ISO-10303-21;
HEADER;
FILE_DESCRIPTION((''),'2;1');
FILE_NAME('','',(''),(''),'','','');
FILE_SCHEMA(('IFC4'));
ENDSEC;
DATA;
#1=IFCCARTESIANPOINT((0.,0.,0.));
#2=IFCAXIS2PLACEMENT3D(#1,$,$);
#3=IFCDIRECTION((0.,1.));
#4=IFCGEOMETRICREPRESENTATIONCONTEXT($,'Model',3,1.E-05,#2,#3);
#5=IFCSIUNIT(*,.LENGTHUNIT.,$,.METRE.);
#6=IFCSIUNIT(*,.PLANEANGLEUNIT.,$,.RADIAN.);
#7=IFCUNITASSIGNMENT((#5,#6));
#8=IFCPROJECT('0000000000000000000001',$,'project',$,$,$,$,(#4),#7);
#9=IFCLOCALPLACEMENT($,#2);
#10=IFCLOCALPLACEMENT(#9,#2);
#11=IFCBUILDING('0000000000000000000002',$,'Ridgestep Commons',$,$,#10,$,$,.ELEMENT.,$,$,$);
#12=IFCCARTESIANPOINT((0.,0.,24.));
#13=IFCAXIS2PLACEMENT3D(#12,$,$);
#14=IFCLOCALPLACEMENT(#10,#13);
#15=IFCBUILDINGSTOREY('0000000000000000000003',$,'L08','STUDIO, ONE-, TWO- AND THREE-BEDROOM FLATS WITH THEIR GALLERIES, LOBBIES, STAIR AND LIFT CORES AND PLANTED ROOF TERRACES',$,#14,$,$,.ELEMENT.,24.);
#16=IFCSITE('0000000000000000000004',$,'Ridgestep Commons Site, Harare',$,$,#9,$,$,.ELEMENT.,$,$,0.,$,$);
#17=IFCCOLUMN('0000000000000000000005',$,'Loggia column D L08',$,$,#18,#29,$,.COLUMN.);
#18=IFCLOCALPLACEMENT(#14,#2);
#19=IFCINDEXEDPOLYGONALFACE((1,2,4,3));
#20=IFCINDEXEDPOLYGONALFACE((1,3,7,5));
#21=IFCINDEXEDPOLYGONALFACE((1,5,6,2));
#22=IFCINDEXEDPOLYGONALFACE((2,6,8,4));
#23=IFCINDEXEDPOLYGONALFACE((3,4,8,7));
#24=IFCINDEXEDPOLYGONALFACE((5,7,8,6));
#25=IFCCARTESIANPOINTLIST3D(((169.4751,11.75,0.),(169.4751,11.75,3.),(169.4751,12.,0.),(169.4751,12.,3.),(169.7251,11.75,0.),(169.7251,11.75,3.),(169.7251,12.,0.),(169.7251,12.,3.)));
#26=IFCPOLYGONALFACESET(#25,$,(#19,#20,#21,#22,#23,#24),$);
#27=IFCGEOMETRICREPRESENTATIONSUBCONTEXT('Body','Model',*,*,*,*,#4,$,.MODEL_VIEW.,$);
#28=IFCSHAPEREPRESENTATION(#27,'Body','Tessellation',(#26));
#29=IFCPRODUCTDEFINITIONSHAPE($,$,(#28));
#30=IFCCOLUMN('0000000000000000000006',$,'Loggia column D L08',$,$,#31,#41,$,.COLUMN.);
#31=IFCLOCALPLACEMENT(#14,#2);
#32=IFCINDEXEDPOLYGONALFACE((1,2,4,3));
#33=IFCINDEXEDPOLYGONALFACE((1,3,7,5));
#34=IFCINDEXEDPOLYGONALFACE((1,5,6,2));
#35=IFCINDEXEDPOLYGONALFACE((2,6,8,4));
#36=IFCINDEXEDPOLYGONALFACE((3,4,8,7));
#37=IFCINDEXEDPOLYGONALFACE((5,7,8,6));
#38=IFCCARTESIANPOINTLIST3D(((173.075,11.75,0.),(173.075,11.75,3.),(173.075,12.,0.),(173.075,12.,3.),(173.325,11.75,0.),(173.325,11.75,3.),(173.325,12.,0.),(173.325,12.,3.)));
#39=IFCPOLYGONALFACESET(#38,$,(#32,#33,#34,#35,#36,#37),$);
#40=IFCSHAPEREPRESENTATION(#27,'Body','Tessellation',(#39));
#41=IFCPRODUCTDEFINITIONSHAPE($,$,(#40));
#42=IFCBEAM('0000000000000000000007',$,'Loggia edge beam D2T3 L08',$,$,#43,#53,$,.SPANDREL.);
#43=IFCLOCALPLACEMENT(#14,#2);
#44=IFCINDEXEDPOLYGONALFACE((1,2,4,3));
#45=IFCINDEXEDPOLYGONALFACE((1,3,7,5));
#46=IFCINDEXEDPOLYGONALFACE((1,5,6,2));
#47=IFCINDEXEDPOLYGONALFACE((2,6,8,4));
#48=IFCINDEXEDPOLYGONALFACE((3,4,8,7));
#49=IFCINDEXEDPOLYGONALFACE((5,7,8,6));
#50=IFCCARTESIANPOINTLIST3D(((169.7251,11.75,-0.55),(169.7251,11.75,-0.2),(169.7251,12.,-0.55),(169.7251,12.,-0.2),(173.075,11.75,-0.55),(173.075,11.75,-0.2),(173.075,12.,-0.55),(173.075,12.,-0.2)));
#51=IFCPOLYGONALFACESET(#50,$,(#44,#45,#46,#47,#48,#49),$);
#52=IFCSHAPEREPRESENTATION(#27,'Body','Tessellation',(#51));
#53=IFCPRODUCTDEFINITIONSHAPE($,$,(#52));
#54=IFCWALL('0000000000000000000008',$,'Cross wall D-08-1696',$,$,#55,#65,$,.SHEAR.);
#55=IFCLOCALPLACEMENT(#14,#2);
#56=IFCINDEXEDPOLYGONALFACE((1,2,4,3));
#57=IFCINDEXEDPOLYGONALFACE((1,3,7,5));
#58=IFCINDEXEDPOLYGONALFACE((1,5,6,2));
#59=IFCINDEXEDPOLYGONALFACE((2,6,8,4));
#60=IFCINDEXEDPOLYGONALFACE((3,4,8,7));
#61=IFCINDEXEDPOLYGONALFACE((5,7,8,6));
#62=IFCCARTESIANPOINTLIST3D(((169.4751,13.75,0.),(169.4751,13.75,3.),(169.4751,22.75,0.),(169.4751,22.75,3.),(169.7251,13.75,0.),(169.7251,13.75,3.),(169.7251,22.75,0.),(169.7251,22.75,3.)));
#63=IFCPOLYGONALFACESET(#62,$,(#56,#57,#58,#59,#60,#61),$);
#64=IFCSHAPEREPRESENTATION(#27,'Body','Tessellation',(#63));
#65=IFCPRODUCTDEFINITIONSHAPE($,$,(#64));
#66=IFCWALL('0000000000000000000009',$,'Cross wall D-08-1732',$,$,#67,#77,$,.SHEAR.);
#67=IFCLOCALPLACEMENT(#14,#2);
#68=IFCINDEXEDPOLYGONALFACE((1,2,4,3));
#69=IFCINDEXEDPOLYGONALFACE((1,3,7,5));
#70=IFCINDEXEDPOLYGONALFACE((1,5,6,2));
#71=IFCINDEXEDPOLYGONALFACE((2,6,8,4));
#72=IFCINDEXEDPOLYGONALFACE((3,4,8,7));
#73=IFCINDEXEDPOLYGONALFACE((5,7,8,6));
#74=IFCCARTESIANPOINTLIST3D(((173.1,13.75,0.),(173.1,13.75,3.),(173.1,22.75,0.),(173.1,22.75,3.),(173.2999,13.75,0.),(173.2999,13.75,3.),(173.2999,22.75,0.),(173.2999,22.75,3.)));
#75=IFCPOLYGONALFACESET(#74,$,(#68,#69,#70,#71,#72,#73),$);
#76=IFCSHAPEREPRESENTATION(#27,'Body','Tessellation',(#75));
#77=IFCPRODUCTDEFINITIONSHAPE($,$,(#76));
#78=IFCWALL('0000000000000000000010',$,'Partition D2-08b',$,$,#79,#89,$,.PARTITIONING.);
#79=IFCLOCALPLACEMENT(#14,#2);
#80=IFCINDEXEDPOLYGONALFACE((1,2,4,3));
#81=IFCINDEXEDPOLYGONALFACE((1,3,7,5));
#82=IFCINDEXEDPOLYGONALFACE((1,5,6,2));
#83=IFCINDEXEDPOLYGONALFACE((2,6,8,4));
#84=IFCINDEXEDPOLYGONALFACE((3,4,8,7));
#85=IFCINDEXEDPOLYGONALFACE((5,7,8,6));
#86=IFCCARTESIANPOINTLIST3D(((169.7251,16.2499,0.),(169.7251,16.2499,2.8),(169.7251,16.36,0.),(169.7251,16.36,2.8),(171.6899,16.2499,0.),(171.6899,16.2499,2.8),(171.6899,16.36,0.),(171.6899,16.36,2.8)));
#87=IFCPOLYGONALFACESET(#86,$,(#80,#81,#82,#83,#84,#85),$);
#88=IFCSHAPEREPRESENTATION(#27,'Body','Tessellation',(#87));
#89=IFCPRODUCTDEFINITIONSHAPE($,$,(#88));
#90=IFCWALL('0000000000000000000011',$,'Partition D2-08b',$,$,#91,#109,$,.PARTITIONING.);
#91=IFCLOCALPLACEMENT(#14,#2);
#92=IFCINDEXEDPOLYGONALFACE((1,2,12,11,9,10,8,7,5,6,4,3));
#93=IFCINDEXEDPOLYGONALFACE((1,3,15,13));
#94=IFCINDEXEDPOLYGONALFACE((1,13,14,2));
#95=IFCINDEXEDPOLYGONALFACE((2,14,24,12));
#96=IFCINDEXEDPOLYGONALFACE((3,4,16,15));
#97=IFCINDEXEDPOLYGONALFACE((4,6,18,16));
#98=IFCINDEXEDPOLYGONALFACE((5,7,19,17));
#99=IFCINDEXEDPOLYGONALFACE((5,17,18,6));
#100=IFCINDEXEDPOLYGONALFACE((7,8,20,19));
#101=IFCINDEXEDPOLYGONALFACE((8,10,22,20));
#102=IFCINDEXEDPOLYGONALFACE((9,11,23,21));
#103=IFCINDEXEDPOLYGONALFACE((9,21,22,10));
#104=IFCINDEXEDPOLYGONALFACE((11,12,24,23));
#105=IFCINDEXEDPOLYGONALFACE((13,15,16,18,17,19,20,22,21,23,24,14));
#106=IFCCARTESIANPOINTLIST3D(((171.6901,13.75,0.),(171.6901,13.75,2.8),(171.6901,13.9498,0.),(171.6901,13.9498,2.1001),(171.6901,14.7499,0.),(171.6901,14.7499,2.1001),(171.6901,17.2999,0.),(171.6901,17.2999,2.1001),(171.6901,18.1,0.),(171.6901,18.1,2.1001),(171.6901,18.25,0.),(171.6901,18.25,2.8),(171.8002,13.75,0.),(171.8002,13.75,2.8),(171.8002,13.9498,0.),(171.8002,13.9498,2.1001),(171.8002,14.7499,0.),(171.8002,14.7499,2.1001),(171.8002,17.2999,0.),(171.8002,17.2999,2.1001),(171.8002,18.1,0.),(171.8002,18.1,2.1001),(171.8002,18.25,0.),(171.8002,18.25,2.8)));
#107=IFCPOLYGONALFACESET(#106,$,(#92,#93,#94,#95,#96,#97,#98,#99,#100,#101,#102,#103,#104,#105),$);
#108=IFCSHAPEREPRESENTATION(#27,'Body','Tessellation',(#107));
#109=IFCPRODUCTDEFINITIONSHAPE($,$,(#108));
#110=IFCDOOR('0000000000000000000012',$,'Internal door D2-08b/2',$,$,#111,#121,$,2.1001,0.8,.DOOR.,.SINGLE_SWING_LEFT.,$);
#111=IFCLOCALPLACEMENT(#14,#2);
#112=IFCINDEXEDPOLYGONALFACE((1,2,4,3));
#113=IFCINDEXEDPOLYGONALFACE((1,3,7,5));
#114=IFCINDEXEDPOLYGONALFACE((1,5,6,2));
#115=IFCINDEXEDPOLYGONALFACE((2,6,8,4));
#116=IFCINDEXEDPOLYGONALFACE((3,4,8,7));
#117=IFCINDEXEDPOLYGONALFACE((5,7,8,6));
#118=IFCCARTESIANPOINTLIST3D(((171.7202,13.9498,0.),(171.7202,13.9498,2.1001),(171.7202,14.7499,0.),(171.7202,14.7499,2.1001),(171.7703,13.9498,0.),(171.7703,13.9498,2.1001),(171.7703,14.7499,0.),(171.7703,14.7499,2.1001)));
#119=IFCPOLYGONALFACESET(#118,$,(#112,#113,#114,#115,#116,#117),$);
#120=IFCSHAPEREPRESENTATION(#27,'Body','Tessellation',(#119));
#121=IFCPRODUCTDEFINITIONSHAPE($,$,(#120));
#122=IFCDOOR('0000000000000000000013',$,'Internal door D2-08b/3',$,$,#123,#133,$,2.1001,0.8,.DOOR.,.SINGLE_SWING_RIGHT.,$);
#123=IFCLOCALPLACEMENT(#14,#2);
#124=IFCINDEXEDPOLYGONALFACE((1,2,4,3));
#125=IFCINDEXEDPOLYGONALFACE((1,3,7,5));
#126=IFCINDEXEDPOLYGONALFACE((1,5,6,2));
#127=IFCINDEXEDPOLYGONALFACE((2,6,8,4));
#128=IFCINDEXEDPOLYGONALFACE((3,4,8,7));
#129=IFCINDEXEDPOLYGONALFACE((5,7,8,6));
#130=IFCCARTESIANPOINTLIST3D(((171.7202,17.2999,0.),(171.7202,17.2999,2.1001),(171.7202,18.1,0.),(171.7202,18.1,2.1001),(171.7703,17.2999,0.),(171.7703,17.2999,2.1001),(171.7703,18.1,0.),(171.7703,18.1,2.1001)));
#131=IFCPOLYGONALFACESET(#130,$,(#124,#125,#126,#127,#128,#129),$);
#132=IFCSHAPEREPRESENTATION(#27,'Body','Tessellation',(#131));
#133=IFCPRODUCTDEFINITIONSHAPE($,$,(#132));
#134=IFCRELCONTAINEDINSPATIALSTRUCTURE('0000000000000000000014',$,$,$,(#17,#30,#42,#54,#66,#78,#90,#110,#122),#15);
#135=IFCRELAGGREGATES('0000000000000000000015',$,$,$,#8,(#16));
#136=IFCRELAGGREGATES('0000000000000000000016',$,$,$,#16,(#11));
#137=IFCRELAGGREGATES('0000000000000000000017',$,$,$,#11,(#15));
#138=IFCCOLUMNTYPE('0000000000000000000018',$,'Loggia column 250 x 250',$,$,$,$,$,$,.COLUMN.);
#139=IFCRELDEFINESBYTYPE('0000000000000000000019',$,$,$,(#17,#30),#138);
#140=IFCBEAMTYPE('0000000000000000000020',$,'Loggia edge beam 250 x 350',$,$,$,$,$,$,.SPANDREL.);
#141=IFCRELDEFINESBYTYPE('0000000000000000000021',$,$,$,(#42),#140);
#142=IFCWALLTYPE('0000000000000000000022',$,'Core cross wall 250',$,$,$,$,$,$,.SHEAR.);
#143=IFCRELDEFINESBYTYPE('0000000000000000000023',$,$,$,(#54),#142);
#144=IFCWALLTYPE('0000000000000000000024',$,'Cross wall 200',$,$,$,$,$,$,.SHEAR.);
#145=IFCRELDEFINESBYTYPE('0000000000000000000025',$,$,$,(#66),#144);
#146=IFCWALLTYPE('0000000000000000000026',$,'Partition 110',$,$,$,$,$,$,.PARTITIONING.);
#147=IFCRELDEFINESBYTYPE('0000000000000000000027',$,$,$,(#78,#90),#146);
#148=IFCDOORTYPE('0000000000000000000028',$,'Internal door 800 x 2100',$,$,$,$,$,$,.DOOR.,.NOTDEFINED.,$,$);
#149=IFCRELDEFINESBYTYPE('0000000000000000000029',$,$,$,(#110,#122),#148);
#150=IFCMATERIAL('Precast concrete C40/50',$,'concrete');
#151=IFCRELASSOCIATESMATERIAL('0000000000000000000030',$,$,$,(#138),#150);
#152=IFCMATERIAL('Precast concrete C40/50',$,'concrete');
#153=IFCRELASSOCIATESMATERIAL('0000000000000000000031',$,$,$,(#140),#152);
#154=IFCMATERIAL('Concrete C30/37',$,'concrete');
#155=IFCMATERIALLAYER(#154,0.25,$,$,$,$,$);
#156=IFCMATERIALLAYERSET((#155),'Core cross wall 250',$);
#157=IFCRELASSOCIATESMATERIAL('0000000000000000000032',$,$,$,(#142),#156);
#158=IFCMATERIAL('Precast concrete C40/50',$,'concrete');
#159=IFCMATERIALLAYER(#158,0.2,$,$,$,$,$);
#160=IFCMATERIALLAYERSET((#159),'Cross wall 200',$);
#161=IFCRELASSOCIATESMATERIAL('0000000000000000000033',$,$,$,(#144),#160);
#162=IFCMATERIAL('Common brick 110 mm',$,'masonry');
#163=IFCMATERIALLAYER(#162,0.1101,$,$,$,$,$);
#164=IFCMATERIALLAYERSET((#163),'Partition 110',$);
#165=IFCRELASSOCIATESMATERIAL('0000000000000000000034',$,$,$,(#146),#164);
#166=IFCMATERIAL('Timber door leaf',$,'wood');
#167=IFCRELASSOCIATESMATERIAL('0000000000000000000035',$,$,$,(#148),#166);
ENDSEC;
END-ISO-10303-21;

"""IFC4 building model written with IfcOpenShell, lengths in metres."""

from ifc_helpers import new_model, si_unit, direction, frame, frame_2d, origin, origin_2d, place, context, subcontext, project, spatial, rectangle, extrude, material, layer, layer_set, material_profile, profile_set, type_object, element, fill, save


model = new_model("IFC4")

# Units and contexts
model_context = context("Model", 3, precision=1e-05, world=origin(), true_north=direction((0.0, 1.0)))
body_context = subcontext(model_context, "Body", "Model", "MODEL_VIEW")
ifc_project = project(units=[si_unit("LENGTHUNIT", "METRE"), si_unit("PLANEANGLEUNIT", "RADIAN")], contexts=[model_context])

# Site, building, storey
site_placement = place(None, origin())
site = spatial("IfcSite", under=ifc_project, at=site_placement, Name="Ridgestep Commons Site, Harare", CompositionType="ELEMENT", RefElevation=0.0)
building_placement = place(site_placement, origin())
building = spatial("IfcBuilding", under=site, at=building_placement, Name="Ridgestep Commons", CompositionType="ELEMENT")
storey_placement = place(building_placement, frame((0.0, 0.0, 24.0)))
storey = spatial("IfcBuildingStorey", under=building, at=storey_placement, Name="L08", Description="STUDIO, ONE-, TWO- AND THREE-BEDROOM FLATS WITH THEIR GALLERIES, LOBBIES, STAIR AND LIFT CORES AND PLANTED ROOF TERRACES", CompositionType="ELEMENT", Elevation=24.0)

# Columns
ifc_material_1 = material(Name="Precast concrete C40/50", Category="concrete")
ifc_material_profile_1 = material_profile(ifc_material_1, rectangle(XDim=0.25, YDim=0.25, at=origin_2d()), Name="PC 250x250")
ifc_profile_set_1 = profile_set([ifc_material_profile_1], Name="Precast concrete C40/50")
column_type = type_object("IfcColumnType", Name="Loggia column 250 x 250", PredefinedType="COLUMN", material=ifc_profile_set_1)
for number, where, z_axis, x_axis, name in (
    (1, (169.6001, 11.875, 0.0), (0.0, 0.0, 1.0), (1.0, 0.0, 0.0), "Loggia column D L08"),
    (2, (173.2, 11.875, 0.0), (0.0, 0.0, 1.0), (1.0, 0.0, 0.0), "Loggia column D L08"),
):
    element("IfcColumn", number, at=place(storey_placement, frame(where, z_axis=z_axis, x_axis=x_axis)), inside=storey, type_object=column_type, Name=name, PredefinedType="COLUMN", context=body_context, shape_type="SweptSolid", body=[
        extrude(rectangle(XDim=0.25, YDim=0.25, at=origin_2d()), origin(), (0.0, 0.0, 1.0), 3.0),
    ])

# Beam
ifc_material_2 = material(Name="Precast concrete C40/50", Category="concrete")
ifc_material_profile_2 = material_profile(ifc_material_2, rectangle(XDim=0.25, YDim=0.3501, at=origin_2d()), Name="PC 250x350")
ifc_profile_set_2 = profile_set([ifc_material_profile_2], Name="Precast concrete C40/50")
beam_type = type_object("IfcBeamType", Name="Loggia edge beam 250 x 350", PredefinedType="SPANDREL", material=ifc_profile_set_2)
beam_placement = place(storey_placement, frame((169.7251, 11.875, -0.375), z_axis=(1.0, 0.0, 0.0), x_axis=(0.0, 1.0, 0.0)))
element("IfcBeam", 3, at=beam_placement, inside=storey, type_object=beam_type, Name="Loggia edge beam D2T3 L08", PredefinedType="SPANDREL", context=body_context, shape_type="SweptSolid", body=[
    extrude(rectangle(XDim=0.25, YDim=0.3501, at=origin_2d()), origin(), (0.0, 0.0, 1.0), 3.3499),
])

# Walls
ifc_material_3 = material(Name="Concrete C30/37", Category="concrete")
ifc_layer_1 = layer(ifc_material_3, 0.25)
ifc_layer_set_1 = layer_set([ifc_layer_1], Name="Core cross wall 250")
wall_type_1 = type_object("IfcWallType", Name="Core cross wall 250", PredefinedType="SHEAR", material=ifc_layer_set_1)
wall_1_placement = place(storey_placement, frame((169.6001, 13.75, 0.0), z_axis=(0.0, 0.0, 1.0), x_axis=(0.0, 1.0, 0.0)))
element("IfcWall", 4, at=wall_1_placement, inside=storey, type_object=wall_type_1, Name="Cross wall D-08-1696", PredefinedType="SHEAR", context=body_context, shape_type="SweptSolid", body=[
    extrude(rectangle(XDim=9.0, YDim=0.25, at=frame_2d((4.5, 0.0))), origin(), (0.0, 0.0, 1.0), 3.0),
])
ifc_material_4 = material(Name="Precast concrete C40/50", Category="concrete")
ifc_layer_2 = layer(ifc_material_4, 0.2)
ifc_layer_set_2 = layer_set([ifc_layer_2], Name="Cross wall 200")
wall_type_2 = type_object("IfcWallType", Name="Cross wall 200", PredefinedType="SHEAR", material=ifc_layer_set_2)
wall_2_placement = place(storey_placement, frame((173.2, 13.75, 0.0), z_axis=(0.0, 0.0, 1.0), x_axis=(0.0, 1.0, 0.0)))
element("IfcWall", 5, at=wall_2_placement, inside=storey, type_object=wall_type_2, Name="Cross wall D-08-1732", PredefinedType="SHEAR", context=body_context, shape_type="SweptSolid", body=[
    extrude(rectangle(XDim=9.0, YDim=0.2, at=frame_2d((4.5, 0.0))), origin(), (0.0, 0.0, 1.0), 3.0),
])
ifc_material_5 = material(Name="Common brick 110 mm", Category="masonry")
ifc_layer_3 = layer(ifc_material_5, 0.1101)
ifc_layer_set_3 = layer_set([ifc_layer_3], Name="Partition 110")
wall_type_3 = type_object("IfcWallType", Name="Partition 110", PredefinedType="PARTITIONING", material=ifc_layer_set_3)
wall_3_placement = place(storey_placement, frame((169.7251, 16.3049, 0.0), z_axis=(0.0, 0.0, 1.0), x_axis=(1.0, 0.0, 0.0)))
element("IfcWall", 6, at=wall_3_placement, inside=storey, type_object=wall_type_3, Name="Partition D2-08b", PredefinedType="PARTITIONING", context=body_context, shape_type="SweptSolid", body=[
    extrude(rectangle(XDim=1.9648, YDim=0.1101, at=frame_2d((0.9824, 0.0))), origin(), (0.0, 0.0, 1.0), 2.8),
])

# Wall, openings, doors
wall_4_placement = place(storey_placement, frame((171.7451, 13.75, 0.0), z_axis=(0.0, 0.0, 1.0), x_axis=(0.0, 1.0, 0.0)))
wall_4 = element("IfcWall", 7, at=wall_4_placement, inside=storey, type_object=wall_type_3, Name="Partition D2-08b", PredefinedType="PARTITIONING", context=body_context, shape_type="SweptSolid", body=[
    extrude(rectangle(XDim=4.5, YDim=0.1101, at=frame_2d((2.25, 0.0))), origin(), (0.0, 0.0, 1.0), 2.8),
])
opening_1_placement = place(wall_4_placement, frame((0.2, 0.0, 0.0)))
opening_1 = element("IfcOpeningElement", 8, at=opening_1_placement, cuts=wall_4, PredefinedType="OPENING", context=body_context, shape_type="SweptSolid", body=[
    extrude(rectangle(XDim=0.8, YDim=2.1001, at=frame_2d((0.3999, 1.05))), frame((0.0, 0.0649, 0.0), z_axis=(0.0, -1.0, 0.0), x_axis=(1.0, 0.0, 0.0)), (0.0, 0.0, 1.0), 0.1301),
])
opening_2_placement = place(wall_4_placement, frame((3.55, 0.0, 0.0)))
opening_2 = element("IfcOpeningElement", 9, at=opening_2_placement, cuts=wall_4, PredefinedType="OPENING", context=body_context, shape_type="SweptSolid", body=[
    extrude(rectangle(XDim=0.8, YDim=2.1001, at=frame_2d((0.3999, 1.05))), frame((0.0, 0.0649, 0.0), z_axis=(0.0, -1.0, 0.0), x_axis=(1.0, 0.0, 0.0)), (0.0, 0.0, 1.0), 0.1301),
])
ifc_material_6 = material(Name="Timber door leaf", Category="wood")
door_type_1 = type_object("IfcDoorType", Name="Internal door 800 x 2100", OperationType="NOTDEFINED", PredefinedType="DOOR", material=ifc_material_6)
door_1_placement = place(opening_1_placement, origin())
door_1 = element("IfcDoor", 10, at=door_1_placement, inside=storey, type_object=door_type_1, Name="Internal door D2-08b/2", OperationType="SINGLE_SWING_LEFT", OverallHeight=2.1001, OverallWidth=0.8, PredefinedType="DOOR", context=body_context, shape_type="SweptSolid", body=[
    extrude(rectangle(XDim=0.8, YDim=2.1001, at=frame_2d((0.3999, 1.05))), frame((0.0, 0.0249, 0.0), z_axis=(0.0, -1.0, 0.0), x_axis=(1.0, 0.0, 0.0)), (0.0, 0.0, 1.0), 0.05),
])
fill(opening_1, door_1)
door_2_placement = place(opening_2_placement, origin())
door_2 = element("IfcDoor", 11, at=door_2_placement, inside=storey, type_object=door_type_1, Name="Internal door D2-08b/3", OperationType="SINGLE_SWING_RIGHT", OverallHeight=2.1001, OverallWidth=0.8, PredefinedType="DOOR", context=body_context, shape_type="SweptSolid", body=[
    extrude(rectangle(XDim=0.8, YDim=2.1001, at=frame_2d((0.3999, 1.05))), frame((0.0, 0.0249, 0.0), z_axis=(0.0, -1.0, 0.0), x_axis=(1.0, 0.0, 0.0)), (0.0, 0.0, 1.0), 0.05),
])
fill(opening_2, door_2)

save(model, "model.ifc")
